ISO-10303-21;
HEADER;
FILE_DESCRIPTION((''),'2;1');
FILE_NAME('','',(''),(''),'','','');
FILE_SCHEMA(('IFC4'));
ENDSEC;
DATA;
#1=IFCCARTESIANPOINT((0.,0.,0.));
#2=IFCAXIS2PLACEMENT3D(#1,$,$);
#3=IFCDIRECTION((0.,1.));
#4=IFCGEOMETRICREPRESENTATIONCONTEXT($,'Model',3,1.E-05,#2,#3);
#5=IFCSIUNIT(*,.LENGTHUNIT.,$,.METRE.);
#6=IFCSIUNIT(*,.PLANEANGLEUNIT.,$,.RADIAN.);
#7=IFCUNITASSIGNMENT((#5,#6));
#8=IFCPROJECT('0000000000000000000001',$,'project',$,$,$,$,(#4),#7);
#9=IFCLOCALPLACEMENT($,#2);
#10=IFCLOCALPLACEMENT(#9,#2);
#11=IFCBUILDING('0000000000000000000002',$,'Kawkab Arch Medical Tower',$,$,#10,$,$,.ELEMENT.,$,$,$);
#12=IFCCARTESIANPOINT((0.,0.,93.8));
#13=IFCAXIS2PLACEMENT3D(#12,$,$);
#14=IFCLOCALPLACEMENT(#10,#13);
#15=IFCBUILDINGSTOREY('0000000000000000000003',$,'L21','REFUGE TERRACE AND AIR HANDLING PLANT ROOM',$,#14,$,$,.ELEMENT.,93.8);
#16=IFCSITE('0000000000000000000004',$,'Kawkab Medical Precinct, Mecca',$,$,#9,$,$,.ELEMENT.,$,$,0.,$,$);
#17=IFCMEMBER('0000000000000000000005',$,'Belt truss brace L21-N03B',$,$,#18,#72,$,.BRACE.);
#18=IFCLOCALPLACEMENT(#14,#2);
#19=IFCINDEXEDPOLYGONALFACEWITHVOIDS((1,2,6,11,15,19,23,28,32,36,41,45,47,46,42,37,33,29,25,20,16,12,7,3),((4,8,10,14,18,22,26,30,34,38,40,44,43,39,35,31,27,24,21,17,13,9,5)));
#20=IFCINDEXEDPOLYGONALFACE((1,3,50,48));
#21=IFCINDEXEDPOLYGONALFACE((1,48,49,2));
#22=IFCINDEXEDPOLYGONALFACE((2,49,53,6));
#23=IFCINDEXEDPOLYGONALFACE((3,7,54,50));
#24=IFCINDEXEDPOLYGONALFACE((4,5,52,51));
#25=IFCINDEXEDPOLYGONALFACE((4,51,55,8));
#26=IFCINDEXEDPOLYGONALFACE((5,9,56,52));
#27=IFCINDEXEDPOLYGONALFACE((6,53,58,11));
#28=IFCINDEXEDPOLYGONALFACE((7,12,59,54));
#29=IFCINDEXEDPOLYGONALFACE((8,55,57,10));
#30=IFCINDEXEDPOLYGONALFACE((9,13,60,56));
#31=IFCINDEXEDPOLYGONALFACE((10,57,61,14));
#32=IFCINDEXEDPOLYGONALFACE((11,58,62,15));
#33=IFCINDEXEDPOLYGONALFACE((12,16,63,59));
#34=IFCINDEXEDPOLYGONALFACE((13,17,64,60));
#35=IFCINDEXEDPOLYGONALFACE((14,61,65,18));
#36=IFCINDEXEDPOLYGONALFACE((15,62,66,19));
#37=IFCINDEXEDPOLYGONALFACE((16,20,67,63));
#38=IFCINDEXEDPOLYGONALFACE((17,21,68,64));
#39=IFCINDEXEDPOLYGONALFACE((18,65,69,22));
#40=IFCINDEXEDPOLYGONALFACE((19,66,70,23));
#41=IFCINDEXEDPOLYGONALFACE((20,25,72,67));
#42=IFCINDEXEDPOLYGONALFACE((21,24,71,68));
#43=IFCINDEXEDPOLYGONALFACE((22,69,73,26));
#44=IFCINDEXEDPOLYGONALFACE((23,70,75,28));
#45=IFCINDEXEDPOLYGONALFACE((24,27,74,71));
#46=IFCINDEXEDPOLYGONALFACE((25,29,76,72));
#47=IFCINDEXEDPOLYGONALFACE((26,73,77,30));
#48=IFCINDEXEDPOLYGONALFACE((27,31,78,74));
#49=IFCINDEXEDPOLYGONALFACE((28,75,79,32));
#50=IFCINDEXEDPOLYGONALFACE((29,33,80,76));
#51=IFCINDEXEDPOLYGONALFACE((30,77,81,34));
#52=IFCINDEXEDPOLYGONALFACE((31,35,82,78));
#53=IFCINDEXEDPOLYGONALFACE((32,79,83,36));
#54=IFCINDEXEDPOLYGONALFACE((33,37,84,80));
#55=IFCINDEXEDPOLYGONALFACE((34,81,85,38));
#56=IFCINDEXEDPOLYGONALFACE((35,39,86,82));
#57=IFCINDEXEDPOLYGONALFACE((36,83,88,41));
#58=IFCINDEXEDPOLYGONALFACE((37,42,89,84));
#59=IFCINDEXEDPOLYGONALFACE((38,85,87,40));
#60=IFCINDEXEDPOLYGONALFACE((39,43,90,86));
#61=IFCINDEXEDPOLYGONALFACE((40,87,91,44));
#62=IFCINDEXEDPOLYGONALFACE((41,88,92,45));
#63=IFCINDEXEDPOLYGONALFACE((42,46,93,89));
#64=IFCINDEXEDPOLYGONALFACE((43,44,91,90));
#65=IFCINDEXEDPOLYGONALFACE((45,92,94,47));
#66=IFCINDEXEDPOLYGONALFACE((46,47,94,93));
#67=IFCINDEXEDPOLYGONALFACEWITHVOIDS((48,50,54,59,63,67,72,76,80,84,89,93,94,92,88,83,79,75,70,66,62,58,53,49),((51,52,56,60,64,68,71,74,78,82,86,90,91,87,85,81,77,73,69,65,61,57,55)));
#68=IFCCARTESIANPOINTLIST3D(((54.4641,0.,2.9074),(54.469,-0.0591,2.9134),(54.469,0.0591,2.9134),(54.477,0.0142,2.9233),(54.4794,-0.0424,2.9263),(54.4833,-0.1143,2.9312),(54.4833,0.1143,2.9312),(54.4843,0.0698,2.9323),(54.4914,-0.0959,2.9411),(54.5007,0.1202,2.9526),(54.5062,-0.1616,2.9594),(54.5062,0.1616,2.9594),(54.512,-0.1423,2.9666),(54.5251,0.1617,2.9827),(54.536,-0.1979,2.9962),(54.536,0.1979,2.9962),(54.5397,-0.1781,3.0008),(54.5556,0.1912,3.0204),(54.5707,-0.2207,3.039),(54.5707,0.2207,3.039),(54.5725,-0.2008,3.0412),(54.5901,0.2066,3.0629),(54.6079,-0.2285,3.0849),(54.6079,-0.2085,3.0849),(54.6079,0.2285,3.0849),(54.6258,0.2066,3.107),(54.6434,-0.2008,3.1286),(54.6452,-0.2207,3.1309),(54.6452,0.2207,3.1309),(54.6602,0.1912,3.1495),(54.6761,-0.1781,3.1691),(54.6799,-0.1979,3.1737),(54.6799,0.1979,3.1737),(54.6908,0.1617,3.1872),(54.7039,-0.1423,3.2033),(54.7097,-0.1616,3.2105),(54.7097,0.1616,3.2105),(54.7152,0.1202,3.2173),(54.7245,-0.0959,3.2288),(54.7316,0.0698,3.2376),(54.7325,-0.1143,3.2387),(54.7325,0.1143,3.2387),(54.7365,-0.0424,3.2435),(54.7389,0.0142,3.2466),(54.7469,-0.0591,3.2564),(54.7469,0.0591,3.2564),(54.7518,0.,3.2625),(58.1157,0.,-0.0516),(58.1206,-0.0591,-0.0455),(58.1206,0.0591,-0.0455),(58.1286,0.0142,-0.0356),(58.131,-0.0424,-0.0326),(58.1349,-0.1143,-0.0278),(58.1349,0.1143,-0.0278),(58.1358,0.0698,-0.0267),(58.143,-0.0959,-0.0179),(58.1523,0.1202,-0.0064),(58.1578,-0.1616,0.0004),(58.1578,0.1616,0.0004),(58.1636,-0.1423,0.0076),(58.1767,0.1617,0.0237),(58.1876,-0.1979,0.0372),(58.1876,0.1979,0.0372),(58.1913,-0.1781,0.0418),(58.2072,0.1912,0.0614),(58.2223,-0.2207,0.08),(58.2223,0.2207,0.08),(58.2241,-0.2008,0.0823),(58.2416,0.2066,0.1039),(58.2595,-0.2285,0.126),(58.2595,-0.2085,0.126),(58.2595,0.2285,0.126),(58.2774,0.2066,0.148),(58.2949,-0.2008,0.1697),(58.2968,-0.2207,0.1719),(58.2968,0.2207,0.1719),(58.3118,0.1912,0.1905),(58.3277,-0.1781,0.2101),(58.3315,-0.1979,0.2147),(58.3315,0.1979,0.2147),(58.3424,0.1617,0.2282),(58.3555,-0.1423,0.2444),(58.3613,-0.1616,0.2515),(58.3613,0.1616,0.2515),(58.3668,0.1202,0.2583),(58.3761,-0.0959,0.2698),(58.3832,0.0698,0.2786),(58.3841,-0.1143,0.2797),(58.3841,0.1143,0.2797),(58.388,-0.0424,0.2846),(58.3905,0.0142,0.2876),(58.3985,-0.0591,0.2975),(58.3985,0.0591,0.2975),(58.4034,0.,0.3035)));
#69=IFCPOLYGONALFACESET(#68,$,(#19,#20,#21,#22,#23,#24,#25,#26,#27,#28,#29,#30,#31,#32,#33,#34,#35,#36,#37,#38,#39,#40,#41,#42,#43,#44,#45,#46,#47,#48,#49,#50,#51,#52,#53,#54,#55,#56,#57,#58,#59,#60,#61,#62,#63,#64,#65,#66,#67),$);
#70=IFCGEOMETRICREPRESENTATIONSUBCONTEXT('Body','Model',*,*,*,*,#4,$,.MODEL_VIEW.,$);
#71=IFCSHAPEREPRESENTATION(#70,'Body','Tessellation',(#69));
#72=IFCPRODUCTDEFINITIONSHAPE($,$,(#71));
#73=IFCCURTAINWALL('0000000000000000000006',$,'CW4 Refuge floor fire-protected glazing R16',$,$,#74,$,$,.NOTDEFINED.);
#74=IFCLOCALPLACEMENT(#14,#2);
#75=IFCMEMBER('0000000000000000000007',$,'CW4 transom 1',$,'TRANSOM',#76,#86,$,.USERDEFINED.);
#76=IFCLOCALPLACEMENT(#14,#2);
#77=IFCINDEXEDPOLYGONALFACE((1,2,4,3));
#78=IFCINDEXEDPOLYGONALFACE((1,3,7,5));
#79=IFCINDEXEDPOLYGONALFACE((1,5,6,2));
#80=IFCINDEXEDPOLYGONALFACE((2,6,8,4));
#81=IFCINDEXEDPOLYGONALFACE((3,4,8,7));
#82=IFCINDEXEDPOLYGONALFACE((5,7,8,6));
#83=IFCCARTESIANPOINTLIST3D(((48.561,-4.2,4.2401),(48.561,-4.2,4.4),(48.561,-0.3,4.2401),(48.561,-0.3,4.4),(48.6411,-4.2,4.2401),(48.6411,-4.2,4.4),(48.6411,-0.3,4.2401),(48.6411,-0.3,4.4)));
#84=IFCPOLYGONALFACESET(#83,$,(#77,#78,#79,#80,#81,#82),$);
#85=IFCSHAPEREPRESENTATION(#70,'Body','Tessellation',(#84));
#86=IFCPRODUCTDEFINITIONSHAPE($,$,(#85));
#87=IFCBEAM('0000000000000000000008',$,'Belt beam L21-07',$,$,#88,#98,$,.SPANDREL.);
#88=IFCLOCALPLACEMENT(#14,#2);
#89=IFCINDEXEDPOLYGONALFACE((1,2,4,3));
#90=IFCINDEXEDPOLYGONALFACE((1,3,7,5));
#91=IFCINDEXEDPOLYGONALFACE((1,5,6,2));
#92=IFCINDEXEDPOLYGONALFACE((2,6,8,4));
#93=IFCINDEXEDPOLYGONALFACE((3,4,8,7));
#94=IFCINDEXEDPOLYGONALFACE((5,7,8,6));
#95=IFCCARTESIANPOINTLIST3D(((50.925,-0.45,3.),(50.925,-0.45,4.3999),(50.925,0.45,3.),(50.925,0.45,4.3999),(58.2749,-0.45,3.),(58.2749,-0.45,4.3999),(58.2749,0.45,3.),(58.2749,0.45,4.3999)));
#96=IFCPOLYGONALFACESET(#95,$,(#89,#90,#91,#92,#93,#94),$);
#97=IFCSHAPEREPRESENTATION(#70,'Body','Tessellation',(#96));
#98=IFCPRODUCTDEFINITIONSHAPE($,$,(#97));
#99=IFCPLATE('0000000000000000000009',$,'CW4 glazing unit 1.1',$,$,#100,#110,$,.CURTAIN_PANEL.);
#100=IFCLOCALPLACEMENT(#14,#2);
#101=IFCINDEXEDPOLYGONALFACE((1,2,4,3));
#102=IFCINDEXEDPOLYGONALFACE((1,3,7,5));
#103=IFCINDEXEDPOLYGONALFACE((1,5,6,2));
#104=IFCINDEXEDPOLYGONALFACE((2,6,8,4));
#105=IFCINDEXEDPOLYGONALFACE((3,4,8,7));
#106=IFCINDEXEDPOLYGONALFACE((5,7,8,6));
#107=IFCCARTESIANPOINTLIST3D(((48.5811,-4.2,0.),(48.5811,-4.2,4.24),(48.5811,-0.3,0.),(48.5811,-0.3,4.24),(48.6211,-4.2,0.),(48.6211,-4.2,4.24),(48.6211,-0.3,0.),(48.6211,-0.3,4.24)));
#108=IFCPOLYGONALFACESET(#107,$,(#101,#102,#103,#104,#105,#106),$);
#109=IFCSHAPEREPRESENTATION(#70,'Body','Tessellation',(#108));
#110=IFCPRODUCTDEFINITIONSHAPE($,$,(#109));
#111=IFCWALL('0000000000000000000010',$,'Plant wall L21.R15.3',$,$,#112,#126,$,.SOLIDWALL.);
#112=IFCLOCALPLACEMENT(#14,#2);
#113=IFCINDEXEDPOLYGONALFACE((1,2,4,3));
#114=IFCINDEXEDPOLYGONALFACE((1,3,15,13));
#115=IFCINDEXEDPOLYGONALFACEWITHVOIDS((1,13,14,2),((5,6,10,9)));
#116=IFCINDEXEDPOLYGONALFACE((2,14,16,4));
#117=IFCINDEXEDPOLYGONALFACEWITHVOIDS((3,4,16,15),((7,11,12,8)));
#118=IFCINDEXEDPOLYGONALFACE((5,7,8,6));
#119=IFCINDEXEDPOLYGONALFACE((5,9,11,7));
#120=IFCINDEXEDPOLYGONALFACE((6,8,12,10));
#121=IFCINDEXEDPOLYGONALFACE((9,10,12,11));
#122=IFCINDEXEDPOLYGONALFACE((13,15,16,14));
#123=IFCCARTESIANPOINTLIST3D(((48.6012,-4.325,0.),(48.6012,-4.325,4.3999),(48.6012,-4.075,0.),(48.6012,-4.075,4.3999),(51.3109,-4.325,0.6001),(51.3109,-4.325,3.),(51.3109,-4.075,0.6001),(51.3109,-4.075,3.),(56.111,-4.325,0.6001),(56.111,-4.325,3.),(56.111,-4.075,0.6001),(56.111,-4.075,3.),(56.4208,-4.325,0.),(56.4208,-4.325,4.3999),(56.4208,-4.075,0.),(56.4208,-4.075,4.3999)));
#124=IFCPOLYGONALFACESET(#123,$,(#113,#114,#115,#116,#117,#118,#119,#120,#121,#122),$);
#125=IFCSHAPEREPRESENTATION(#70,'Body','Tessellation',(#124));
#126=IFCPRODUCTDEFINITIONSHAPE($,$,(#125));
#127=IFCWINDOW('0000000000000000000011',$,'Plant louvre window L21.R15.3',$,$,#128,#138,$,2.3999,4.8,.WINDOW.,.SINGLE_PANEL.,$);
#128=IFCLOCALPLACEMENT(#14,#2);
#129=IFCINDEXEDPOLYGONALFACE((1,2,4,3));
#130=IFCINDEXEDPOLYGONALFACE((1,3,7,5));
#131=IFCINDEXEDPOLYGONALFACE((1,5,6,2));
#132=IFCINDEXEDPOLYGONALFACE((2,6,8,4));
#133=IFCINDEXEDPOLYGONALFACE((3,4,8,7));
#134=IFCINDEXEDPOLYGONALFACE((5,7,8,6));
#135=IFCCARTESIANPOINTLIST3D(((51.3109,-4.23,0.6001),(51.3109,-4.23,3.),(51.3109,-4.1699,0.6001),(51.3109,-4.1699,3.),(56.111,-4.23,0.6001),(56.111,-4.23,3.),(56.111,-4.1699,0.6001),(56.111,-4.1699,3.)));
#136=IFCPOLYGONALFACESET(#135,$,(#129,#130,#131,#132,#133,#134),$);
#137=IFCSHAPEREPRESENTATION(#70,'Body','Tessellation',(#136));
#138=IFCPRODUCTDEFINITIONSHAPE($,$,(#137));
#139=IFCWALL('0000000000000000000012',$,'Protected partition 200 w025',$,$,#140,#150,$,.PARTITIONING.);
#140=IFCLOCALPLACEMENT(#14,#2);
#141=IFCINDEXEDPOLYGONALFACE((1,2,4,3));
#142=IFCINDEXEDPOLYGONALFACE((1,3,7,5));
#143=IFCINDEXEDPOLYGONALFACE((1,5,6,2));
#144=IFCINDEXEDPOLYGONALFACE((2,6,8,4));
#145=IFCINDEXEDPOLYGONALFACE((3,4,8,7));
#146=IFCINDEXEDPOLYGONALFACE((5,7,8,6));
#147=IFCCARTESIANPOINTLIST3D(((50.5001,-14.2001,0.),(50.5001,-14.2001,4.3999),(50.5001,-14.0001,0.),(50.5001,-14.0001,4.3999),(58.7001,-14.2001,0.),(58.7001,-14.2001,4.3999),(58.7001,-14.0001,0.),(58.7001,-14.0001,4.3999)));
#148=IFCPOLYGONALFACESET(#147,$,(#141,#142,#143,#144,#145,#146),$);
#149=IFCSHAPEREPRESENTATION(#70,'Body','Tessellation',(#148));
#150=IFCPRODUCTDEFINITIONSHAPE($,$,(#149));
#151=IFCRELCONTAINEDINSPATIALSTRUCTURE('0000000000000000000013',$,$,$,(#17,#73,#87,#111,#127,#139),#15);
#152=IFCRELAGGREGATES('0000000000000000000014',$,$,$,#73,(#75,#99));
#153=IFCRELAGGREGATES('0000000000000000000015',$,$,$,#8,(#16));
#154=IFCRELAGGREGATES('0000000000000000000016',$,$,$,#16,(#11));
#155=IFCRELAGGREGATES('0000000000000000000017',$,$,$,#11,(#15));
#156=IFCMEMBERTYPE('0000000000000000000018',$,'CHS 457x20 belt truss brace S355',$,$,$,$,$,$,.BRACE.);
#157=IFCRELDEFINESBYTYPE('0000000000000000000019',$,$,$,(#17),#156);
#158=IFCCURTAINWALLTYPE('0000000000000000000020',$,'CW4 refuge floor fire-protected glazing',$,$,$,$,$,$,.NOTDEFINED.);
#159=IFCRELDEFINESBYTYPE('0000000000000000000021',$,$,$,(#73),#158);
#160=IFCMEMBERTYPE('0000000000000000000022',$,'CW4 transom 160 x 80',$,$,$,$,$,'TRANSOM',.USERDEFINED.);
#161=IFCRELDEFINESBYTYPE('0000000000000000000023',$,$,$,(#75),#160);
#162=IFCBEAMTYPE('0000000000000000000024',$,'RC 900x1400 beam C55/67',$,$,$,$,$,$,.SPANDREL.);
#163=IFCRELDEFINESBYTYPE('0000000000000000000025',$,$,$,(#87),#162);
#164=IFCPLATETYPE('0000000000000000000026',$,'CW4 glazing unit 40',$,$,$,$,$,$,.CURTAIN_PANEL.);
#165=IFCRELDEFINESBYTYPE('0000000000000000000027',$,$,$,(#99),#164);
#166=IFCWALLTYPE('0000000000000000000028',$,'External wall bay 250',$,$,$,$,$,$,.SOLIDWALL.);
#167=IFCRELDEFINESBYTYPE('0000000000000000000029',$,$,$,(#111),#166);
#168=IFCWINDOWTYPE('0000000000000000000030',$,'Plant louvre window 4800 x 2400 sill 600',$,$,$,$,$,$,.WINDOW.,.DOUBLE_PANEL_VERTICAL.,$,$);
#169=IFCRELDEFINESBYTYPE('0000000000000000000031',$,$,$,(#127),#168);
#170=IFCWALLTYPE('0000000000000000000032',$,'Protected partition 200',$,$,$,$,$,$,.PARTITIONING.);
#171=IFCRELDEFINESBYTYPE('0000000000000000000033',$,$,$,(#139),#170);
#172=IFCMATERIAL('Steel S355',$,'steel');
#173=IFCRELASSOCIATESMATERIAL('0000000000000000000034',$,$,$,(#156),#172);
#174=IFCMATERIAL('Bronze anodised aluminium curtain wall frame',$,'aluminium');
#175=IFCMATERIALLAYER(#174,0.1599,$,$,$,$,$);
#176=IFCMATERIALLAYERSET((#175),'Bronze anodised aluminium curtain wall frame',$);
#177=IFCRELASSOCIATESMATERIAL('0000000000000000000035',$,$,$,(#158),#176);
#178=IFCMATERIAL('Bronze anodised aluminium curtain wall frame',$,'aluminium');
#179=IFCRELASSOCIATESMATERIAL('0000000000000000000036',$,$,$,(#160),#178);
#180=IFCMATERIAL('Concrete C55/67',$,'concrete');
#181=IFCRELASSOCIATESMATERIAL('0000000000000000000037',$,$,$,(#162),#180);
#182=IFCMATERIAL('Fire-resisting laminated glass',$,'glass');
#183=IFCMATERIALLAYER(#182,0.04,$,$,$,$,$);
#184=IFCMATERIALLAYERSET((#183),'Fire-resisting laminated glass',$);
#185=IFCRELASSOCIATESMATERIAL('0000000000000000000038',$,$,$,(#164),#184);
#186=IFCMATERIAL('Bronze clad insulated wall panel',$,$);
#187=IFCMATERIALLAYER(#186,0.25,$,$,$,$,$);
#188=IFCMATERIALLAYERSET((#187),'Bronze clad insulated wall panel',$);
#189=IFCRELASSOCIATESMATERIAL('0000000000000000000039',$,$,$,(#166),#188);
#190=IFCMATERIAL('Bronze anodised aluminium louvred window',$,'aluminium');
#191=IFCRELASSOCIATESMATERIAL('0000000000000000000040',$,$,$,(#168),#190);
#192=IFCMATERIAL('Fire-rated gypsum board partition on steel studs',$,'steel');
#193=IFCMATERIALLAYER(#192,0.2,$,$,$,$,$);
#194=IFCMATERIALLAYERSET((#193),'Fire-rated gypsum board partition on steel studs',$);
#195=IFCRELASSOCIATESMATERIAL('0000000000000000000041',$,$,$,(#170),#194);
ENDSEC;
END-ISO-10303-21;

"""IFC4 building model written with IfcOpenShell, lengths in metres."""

from ifc_helpers import new_model, si_unit, direction, frame, frame_2d, origin, origin_2d, place, context, subcontext, project, spatial, rectangle, hollow_circle, extrude, material, layer, layer_set, material_profile, profile_set, type_object, element, fill, aggregate, save


model = new_model("IFC4")

# Units and contexts
model_context = context("Model", 3, precision=1e-05, world=origin(), true_north=direction((0.0, 1.0)))
body_context = subcontext(model_context, "Body", "Model", "MODEL_VIEW")
ifc_project = project(units=[si_unit("LENGTHUNIT", "METRE"), si_unit("PLANEANGLEUNIT", "RADIAN")], contexts=[model_context])

# Site, building, storey
site_placement = place(None, origin())
site = spatial("IfcSite", under=ifc_project, at=site_placement, Name="Kawkab Medical Precinct, Mecca", CompositionType="ELEMENT", RefElevation=0.0)
building_placement = place(site_placement, origin())
building = spatial("IfcBuilding", under=site, at=building_placement, Name="Kawkab Arch Medical Tower", CompositionType="ELEMENT")
storey_placement = place(building_placement, frame((0.0, 0.0, 93.8)))
storey = spatial("IfcBuildingStorey", under=building, at=storey_placement, Name="L21", Description="REFUGE TERRACE AND AIR HANDLING PLANT ROOM", CompositionType="ELEMENT", Elevation=93.8)

# Member
ifc_material_1 = material(Name="Steel S355", Category="steel")
ifc_material_profile_1 = material_profile(ifc_material_1, hollow_circle(Radius=0.2285, WallThickness=0.02, at=origin_2d()), Name="CHS 457x20")
ifc_profile_set_1 = profile_set([ifc_material_profile_1], Name="Steel S355")
member_type_1 = type_object("IfcMemberType", Name="CHS 457x20 belt truss brace S355", PredefinedType="BRACE", material=ifc_profile_set_1)
member_1_placement = place(storey_placement, frame((58.2595, 0.0, 0.126), z_axis=(-0.776941, 0.0, 0.629573), x_axis=(0.0, -1.0, 0.0)))
element("IfcMember", 1, at=member_1_placement, inside=storey, type_object=member_type_1, Name="Belt truss brace L21-N03B", PredefinedType="BRACE", context=body_context, shape_type="SweptSolid", body=[
    extrude(hollow_circle(Radius=0.2285, WallThickness=0.02, at=origin_2d()), origin(), (0.0, 0.0, 1.0), 4.7),
])

# Curtain wall, member
ifc_material_2 = material(Name="Bronze anodised aluminium curtain wall frame", Category="aluminium")
ifc_layer_1 = layer(ifc_material_2, 0.1599)
ifc_layer_set_1 = layer_set([ifc_layer_1], Name="Bronze anodised aluminium curtain wall frame")
curtain_wall_type = type_object("IfcCurtainWallType", Name="CW4 refuge floor fire-protected glazing", PredefinedType="NOTDEFINED", material=ifc_layer_set_1)
curtain_wall_placement = place(storey_placement, origin())
curtain_wall = element("IfcCurtainWall", 2, at=curtain_wall_placement, inside=storey, type_object=curtain_wall_type, Name="CW4 Refuge floor fire-protected glazing R16", PredefinedType="NOTDEFINED")
ifc_material_3 = material(Name="Bronze anodised aluminium curtain wall frame", Category="aluminium")
ifc_material_profile_2 = material_profile(ifc_material_3, rectangle(XDim=0.0801, YDim=0.1599, at=origin_2d()), Name="AL 80x160")
ifc_profile_set_2 = profile_set([ifc_material_profile_2], Name="Bronze anodised aluminium curtain wall frame")
member_type_2 = type_object("IfcMemberType", Name="CW4 transom 160 x 80", ElementType="TRANSOM", PredefinedType="USERDEFINED", material=ifc_profile_set_2)
member_2_placement = place(storey_placement, frame((48.6011, -4.2, 4.3201), z_axis=(0.0, 1.0, 0.0), x_axis=(-1.0, 0.0, 0.0)))
member_2 = element("IfcMember", 3, at=member_2_placement, type_object=member_type_2, Name="CW4 transom 1", ObjectType="TRANSOM", PredefinedType="USERDEFINED", context=body_context, shape_type="SweptSolid", body=[
    extrude(rectangle(XDim=0.0801, YDim=0.1599, at=origin_2d()), origin(), (0.0, 0.0, 1.0), 3.8999),
])

# Beam
ifc_material_4 = material(Name="Concrete C55/67", Category="concrete")
ifc_material_profile_3 = material_profile(ifc_material_4, rectangle(XDim=0.8999, YDim=1.3999, at=origin_2d()), Name="RC 900x1400")
ifc_profile_set_3 = profile_set([ifc_material_profile_3], Name="Concrete C55/67")
beam_type = type_object("IfcBeamType", Name="RC 900x1400 beam C55/67", PredefinedType="SPANDREL", material=ifc_profile_set_3)
beam_placement = place(storey_placement, frame((50.925, 0.0, 3.7), z_axis=(1.0, 0.0, 0.0), x_axis=(0.0, 1.0, 0.0)))
element("IfcBeam", 4, at=beam_placement, inside=storey, type_object=beam_type, Name="Belt beam L21-07", PredefinedType="SPANDREL", context=body_context, shape_type="SweptSolid", body=[
    extrude(rectangle(XDim=0.8999, YDim=1.3999, at=origin_2d()), origin(), (0.0, 0.0, 1.0), 7.3499),
])

# Plate
ifc_material_5 = material(Name="Fire-resisting laminated glass", Category="glass")
ifc_layer_2 = layer(ifc_material_5, 0.04)
ifc_layer_set_2 = layer_set([ifc_layer_2], Name="Fire-resisting laminated glass")
plate_type = type_object("IfcPlateType", Name="CW4 glazing unit 40", PredefinedType="CURTAIN_PANEL", material=ifc_layer_set_2)
plate_placement = place(storey_placement, frame((48.6011, -2.25, 0.0), z_axis=(0.0, 0.0, 1.0), x_axis=(0.0, 1.0, 0.0)))
plate = element("IfcPlate", 5, at=plate_placement, type_object=plate_type, Name="CW4 glazing unit 1.1", PredefinedType="CURTAIN_PANEL", context=body_context, shape_type="SweptSolid", body=[
    extrude(rectangle(XDim=3.8999, YDim=0.04, at=origin_2d()), origin(), (0.0, 0.0, 1.0), 4.24),
])
aggregate(curtain_wall, [member_2, plate])

# Wall, opening, window
ifc_material_6 = material(Name="Bronze clad insulated wall panel")
ifc_layer_3 = layer(ifc_material_6, 0.25)
ifc_layer_set_3 = layer_set([ifc_layer_3], Name="Bronze clad insulated wall panel")
wall_type_1 = type_object("IfcWallType", Name="External wall bay 250", PredefinedType="SOLIDWALL", material=ifc_layer_set_3)
wall_1_placement = place(storey_placement, frame((56.4207, -4.2, 0.0), z_axis=(0.0, 0.0, 1.0), x_axis=(-1.0, 0.0, 0.0)))
wall_1 = element("IfcWall", 6, at=wall_1_placement, inside=storey, type_object=wall_type_1, Name="Plant wall L21.R15.3", PredefinedType="SOLIDWALL", context=body_context, shape_type="SweptSolid", body=[
    extrude(rectangle(XDim=7.8196, YDim=0.25, at=frame_2d((3.9097, 0.0))), origin(), (0.0, 0.0, 1.0), 4.3999),
])
opening_1_placement = place(wall_1_placement, frame((0.3098, 0.0, 0.6001)))
opening_1 = element("IfcOpeningElement", 7, at=opening_1_placement, cuts=wall_1, PredefinedType="OPENING", context=body_context, shape_type="SweptSolid", body=[
    extrude(rectangle(XDim=4.8, YDim=2.3999, at=frame_2d((2.3999, 1.2))), frame((0.0, 0.135, 0.0), z_axis=(0.0, -1.0, 0.0), x_axis=(1.0, 0.0, 0.0)), (0.0, 0.0, 1.0), 0.27),
])
ifc_material_7 = material(Name="Bronze anodised aluminium louvred window", Category="aluminium")
window_type = type_object("IfcWindowType", Name="Plant louvre window 4800 x 2400 sill 600", PartitioningType="DOUBLE_PANEL_VERTICAL", PredefinedType="WINDOW", material=ifc_material_7)
window_placement = place(opening_1_placement, origin())
window = element("IfcWindow", 8, at=window_placement, inside=storey, type_object=window_type, Name="Plant louvre window L21.R15.3", OverallHeight=2.3999, OverallWidth=4.8, PartitioningType="SINGLE_PANEL", PredefinedType="WINDOW", context=body_context, shape_type="SweptSolid", body=[
    extrude(rectangle(XDim=4.8, YDim=2.3999, at=frame_2d((2.3999, 1.2))), frame((0.0, 0.03, 0.0), z_axis=(0.0, -1.0, 0.0), x_axis=(1.0, 0.0, 0.0)), (0.0, 0.0, 1.0), 0.0601),
])
fill(opening_1, window)

# Wall
ifc_material_8 = material(Name="Fire-rated gypsum board partition on steel studs", Category="steel")
ifc_layer_4 = layer(ifc_material_8, 0.2)
ifc_layer_set_4 = layer_set([ifc_layer_4], Name="Fire-rated gypsum board partition on steel studs")
wall_type_2 = type_object("IfcWallType", Name="Protected partition 200", PredefinedType="PARTITIONING", material=ifc_layer_set_4)
wall_2_placement = place(storey_placement, frame((50.5, -14.1001, 0.0), z_axis=(0.0, 0.0, 1.0), x_axis=(1.0, 0.0, 0.0)))
element("IfcWall", 9, at=wall_2_placement, inside=storey, type_object=wall_type_2, Name="Protected partition 200 w025", PredefinedType="PARTITIONING", context=body_context, shape_type="SweptSolid", body=[
    extrude(rectangle(XDim=8.2, YDim=0.2, at=frame_2d((4.1001, 0.0))), origin(), (0.0, 0.0, 1.0), 4.3999),
])

save(model, "model.ifc")
